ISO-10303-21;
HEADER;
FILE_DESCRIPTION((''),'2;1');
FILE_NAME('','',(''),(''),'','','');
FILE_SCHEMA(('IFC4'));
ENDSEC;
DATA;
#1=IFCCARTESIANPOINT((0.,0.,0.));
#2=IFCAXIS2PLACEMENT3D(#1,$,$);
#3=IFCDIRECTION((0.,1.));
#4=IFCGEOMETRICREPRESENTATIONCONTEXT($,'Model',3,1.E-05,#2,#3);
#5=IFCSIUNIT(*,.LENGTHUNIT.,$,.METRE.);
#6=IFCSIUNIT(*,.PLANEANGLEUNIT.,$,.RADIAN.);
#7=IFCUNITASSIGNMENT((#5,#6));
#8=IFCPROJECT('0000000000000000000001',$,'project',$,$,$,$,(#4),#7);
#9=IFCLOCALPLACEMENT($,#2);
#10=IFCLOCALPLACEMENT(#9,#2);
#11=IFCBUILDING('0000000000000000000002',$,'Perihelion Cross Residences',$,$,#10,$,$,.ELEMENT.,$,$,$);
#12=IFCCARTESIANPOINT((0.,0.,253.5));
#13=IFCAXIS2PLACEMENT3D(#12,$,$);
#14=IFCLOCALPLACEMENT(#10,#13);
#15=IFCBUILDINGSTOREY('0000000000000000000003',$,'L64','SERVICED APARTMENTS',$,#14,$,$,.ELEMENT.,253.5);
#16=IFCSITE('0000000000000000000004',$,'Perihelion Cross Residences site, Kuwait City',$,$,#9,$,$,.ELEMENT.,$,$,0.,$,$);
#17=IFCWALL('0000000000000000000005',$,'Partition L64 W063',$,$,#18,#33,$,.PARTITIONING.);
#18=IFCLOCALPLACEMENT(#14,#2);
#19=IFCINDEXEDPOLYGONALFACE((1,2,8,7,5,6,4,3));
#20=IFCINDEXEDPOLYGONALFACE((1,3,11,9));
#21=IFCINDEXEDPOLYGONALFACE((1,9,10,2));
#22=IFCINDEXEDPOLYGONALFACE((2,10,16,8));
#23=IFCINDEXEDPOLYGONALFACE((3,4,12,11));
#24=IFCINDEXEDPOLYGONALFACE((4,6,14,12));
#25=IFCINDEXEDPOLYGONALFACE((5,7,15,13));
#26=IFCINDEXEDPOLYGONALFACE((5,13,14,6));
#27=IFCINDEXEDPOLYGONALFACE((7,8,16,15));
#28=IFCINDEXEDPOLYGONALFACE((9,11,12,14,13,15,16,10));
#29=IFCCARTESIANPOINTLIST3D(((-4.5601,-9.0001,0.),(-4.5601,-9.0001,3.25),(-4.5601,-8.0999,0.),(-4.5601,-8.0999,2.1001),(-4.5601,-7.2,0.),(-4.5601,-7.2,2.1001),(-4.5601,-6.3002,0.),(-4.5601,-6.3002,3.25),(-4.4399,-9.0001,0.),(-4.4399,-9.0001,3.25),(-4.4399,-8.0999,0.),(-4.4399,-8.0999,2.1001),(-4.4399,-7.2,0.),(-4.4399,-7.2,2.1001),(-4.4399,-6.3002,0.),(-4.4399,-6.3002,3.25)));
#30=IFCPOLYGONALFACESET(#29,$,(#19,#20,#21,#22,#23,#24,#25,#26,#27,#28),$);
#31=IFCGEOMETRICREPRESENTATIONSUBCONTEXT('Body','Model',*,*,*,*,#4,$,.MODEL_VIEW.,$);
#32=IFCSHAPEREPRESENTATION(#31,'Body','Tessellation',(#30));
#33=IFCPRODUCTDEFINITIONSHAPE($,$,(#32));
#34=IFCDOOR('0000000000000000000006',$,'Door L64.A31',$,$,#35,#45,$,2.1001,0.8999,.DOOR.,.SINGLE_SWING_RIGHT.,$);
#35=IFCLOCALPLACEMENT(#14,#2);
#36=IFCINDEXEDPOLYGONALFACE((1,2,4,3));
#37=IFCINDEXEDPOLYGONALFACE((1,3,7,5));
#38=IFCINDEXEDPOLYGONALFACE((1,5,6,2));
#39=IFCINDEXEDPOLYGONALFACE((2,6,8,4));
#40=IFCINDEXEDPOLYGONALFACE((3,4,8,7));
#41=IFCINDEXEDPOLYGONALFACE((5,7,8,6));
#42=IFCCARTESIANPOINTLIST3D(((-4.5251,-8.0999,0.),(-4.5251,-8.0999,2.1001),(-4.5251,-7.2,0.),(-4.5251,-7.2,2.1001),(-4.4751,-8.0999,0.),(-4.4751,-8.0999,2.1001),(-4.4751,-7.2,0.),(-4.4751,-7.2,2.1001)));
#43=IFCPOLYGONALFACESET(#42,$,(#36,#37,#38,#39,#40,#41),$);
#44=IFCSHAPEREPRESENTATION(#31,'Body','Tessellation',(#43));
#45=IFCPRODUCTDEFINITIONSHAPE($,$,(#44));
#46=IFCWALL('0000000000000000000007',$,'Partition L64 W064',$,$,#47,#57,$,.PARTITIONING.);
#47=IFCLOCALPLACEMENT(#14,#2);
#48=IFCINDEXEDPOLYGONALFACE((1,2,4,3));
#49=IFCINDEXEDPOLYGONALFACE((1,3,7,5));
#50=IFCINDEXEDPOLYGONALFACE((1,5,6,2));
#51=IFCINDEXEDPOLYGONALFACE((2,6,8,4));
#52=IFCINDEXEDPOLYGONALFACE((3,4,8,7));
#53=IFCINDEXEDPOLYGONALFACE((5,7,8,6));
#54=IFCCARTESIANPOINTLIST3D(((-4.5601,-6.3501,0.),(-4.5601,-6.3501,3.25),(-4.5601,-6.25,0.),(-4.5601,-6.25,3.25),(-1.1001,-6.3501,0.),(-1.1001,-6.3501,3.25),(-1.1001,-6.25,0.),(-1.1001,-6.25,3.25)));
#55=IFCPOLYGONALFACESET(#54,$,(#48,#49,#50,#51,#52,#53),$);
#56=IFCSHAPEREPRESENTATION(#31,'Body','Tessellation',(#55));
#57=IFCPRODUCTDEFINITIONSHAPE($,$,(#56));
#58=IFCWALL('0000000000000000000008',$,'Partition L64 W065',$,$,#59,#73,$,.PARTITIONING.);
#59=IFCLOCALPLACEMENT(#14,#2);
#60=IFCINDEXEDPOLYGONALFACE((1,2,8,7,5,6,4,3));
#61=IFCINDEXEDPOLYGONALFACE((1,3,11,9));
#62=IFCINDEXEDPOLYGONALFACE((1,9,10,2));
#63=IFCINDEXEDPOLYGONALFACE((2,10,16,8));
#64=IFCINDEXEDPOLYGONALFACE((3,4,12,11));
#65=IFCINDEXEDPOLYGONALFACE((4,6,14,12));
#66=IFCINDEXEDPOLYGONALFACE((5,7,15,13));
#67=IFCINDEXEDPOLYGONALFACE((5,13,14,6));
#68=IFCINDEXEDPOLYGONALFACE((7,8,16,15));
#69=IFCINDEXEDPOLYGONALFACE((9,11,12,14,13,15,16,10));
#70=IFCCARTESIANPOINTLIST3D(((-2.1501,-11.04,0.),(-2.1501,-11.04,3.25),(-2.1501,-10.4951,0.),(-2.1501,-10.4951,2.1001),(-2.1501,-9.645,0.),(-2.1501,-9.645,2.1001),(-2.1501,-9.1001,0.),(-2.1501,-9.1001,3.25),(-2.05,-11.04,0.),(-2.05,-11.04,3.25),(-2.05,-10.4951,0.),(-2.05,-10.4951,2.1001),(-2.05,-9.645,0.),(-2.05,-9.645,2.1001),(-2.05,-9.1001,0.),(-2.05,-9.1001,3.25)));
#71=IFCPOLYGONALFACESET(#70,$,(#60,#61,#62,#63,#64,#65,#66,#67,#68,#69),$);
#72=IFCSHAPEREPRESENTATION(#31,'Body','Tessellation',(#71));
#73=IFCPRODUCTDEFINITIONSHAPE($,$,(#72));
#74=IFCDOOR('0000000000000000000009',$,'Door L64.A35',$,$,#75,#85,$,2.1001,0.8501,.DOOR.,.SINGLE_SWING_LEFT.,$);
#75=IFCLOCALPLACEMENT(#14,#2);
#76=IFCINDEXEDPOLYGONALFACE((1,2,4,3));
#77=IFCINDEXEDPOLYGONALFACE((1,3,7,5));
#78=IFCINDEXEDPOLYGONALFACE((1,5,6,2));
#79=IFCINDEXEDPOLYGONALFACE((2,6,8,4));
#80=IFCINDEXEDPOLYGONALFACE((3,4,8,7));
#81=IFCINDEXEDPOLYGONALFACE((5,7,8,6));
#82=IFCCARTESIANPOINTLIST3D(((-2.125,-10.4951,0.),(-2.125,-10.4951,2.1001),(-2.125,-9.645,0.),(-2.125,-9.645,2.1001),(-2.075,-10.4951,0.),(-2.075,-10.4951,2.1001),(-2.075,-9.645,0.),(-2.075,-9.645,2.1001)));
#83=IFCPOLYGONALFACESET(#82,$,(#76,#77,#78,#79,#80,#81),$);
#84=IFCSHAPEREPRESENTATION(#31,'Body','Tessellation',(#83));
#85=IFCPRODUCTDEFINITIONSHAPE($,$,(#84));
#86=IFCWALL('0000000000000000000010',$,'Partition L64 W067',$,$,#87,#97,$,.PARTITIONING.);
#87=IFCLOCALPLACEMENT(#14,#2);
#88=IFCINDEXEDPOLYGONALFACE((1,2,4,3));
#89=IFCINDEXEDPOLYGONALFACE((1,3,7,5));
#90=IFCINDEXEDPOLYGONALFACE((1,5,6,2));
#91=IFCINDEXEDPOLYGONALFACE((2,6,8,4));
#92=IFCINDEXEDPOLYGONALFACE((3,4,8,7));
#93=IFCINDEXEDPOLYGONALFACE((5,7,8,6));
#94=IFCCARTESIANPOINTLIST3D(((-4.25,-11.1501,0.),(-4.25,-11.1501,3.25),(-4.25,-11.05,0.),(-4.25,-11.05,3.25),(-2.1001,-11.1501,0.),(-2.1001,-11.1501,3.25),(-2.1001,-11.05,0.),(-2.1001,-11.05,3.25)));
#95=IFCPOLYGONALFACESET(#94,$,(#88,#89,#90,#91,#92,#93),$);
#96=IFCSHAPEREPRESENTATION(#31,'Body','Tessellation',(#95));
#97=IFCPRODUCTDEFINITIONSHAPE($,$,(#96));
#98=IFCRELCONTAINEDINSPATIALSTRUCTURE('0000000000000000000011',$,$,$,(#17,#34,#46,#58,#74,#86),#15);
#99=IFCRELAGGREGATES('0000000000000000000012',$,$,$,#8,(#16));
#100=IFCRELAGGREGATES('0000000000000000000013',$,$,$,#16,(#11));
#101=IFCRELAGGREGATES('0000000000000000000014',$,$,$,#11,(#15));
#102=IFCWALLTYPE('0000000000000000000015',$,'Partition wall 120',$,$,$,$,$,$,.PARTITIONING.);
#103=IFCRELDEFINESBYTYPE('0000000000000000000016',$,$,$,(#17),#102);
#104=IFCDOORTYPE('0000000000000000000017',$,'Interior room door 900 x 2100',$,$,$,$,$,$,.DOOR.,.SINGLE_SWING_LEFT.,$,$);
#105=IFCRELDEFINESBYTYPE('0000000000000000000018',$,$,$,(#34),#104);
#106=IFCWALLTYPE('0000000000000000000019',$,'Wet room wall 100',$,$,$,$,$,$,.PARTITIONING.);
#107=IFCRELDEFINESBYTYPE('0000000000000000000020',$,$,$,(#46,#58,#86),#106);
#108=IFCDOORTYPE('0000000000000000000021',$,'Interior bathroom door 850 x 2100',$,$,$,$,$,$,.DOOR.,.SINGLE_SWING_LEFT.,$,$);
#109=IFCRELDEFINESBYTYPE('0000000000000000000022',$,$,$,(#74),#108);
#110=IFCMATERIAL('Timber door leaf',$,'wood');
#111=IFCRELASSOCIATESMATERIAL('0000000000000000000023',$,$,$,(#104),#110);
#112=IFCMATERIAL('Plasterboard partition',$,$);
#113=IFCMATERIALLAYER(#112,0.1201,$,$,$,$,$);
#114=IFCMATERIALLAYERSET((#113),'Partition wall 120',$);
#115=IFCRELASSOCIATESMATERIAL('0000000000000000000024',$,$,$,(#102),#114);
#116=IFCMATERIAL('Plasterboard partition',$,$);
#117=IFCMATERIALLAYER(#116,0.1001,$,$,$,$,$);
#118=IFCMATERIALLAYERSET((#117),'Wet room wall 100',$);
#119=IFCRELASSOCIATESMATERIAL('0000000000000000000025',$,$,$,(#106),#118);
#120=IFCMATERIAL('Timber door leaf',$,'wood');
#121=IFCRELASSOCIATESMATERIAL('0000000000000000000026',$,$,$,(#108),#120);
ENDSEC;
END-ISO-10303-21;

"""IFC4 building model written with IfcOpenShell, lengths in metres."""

from ifc_helpers import new_model, si_unit, direction, frame, frame_2d, origin, place, context, subcontext, project, spatial, rectangle, extrude, material, layer, layer_set, type_object, element, fill, save


model = new_model("IFC4")

# Units and contexts
model_context = context("Model", 3, precision=1e-05, world=origin(), true_north=direction((0.0, 1.0)))
body_context = subcontext(model_context, "Body", "Model", "MODEL_VIEW")
ifc_project = project(units=[si_unit("LENGTHUNIT", "METRE"), si_unit("PLANEANGLEUNIT", "RADIAN")], contexts=[model_context])

# Site, building, storey
site_placement = place(None, origin())
site = spatial("IfcSite", under=ifc_project, at=site_placement, Name="Perihelion Cross Residences site, Kuwait City", CompositionType="ELEMENT", RefElevation=0.0)
building_placement = place(site_placement, origin())
building = spatial("IfcBuilding", under=site, at=building_placement, Name="Perihelion Cross Residences", CompositionType="ELEMENT")
storey_placement = place(building_placement, frame((0.0, 0.0, 253.5)))
storey = spatial("IfcBuildingStorey", under=building, at=storey_placement, Name="L64", Description="SERVICED APARTMENTS", CompositionType="ELEMENT", Elevation=253.5)

# Wall, opening, door
ifc_material_1 = material(Name="Timber door leaf", Category="wood")
door_type_1 = type_object("IfcDoorType", Name="Interior room door 900 x 2100", OperationType="SINGLE_SWING_LEFT", PredefinedType="DOOR", material=ifc_material_1)
ifc_material_2 = material(Name="Plasterboard partition")
ifc_layer_1 = layer(ifc_material_2, 0.1201)
ifc_layer_set_1 = layer_set([ifc_layer_1], Name="Partition wall 120")
wall_type_1 = type_object("IfcWallType", Name="Partition wall 120", PredefinedType="PARTITIONING", material=ifc_layer_set_1)
wall_1_placement = place(storey_placement, frame((-4.5, -6.3, 0.0), z_axis=(0.0, 0.0, 1.0), x_axis=(0.0, -1.0, 0.0)))
wall_1 = element("IfcWall", 1, at=wall_1_placement, inside=storey, type_object=wall_type_1, Name="Partition L64 W063", PredefinedType="PARTITIONING", context=body_context, shape_type="SweptSolid", body=[
    extrude(rectangle(XDim=2.7, YDim=0.1201, at=frame_2d((1.3501, 0.0))), origin(), (0.0, 0.0, 1.0), 3.25),
])
opening_1_placement = place(wall_1_placement, frame((0.8999, 0.0, 0.0)))
opening_1 = element("IfcOpeningElement", 2, at=opening_1_placement, cuts=wall_1, PredefinedType="OPENING", context=body_context, shape_type="SweptSolid", body=[
    extrude(rectangle(XDim=0.8999, YDim=2.1001, at=frame_2d((0.45, 1.05))), frame((0.0, 0.0701, 0.0), z_axis=(0.0, -1.0, 0.0), x_axis=(1.0, 0.0, 0.0)), (0.0, 0.0, 1.0), 0.1401),
])
door_1_placement = place(opening_1_placement, origin())
door_1 = element("IfcDoor", 3, at=door_1_placement, inside=storey, type_object=door_type_1, Name="Door L64.A31", OperationType="SINGLE_SWING_RIGHT", OverallHeight=2.1001, OverallWidth=0.8999, PredefinedType="DOOR", context=body_context, shape_type="SweptSolid", body=[
    extrude(rectangle(XDim=0.8999, YDim=2.1001, at=frame_2d((0.45, 1.05))), frame((0.0, 0.0249, 0.0), z_axis=(0.0, -1.0, 0.0), x_axis=(1.0, 0.0, 0.0)), (0.0, 0.0, 1.0), 0.05),
])
fill(opening_1, door_1)

# Wall
ifc_material_3 = material(Name="Plasterboard partition")
ifc_layer_2 = layer(ifc_material_3, 0.1001)
ifc_layer_set_2 = layer_set([ifc_layer_2], Name="Wet room wall 100")
wall_type_2 = type_object("IfcWallType", Name="Wet room wall 100", PredefinedType="PARTITIONING", material=ifc_layer_set_2)
wall_2_placement = place(storey_placement, frame((-1.1001, -6.3, 0.0), z_axis=(0.0, 0.0, 1.0), x_axis=(-1.0, 0.0, 0.0)))
element("IfcWall", 4, at=wall_2_placement, inside=storey, type_object=wall_type_2, Name="Partition L64 W064", PredefinedType="PARTITIONING", context=body_context, shape_type="SweptSolid", body=[
    extrude(rectangle(XDim=3.46, YDim=0.1001, at=frame_2d((1.73, 0.0))), origin(), (0.0, 0.0, 1.0), 3.25),
])

# Wall, opening, door
wall_3_placement = place(storey_placement, frame((-2.1001, -11.04, 0.0), z_axis=(0.0, 0.0, 1.0), x_axis=(0.0, 1.0, 0.0)))
wall_3 = element("IfcWall", 5, at=wall_3_placement, inside=storey, type_object=wall_type_2, Name="Partition L64 W065", PredefinedType="PARTITIONING", context=body_context, shape_type="SweptSolid", body=[
    extrude(rectangle(XDim=1.9399, YDim=0.1001, at=frame_2d((0.97, 0.0))), origin(), (0.0, 0.0, 1.0), 3.25),
])
opening_2_placement = place(wall_3_placement, frame((0.5449, 0.0, 0.0)))
opening_2 = element("IfcOpeningElement", 6, at=opening_2_placement, cuts=wall_3, PredefinedType="OPENING", context=body_context, shape_type="SweptSolid", body=[
    extrude(rectangle(XDim=0.8501, YDim=2.1001, at=frame_2d((0.425, 1.05))), frame((0.0, 0.0601, 0.0), z_axis=(0.0, -1.0, 0.0), x_axis=(1.0, 0.0, 0.0)), (0.0, 0.0, 1.0), 0.1201),
])
ifc_material_4 = material(Name="Timber door leaf", Category="wood")
door_type_2 = type_object("IfcDoorType", Name="Interior bathroom door 850 x 2100", OperationType="SINGLE_SWING_LEFT", PredefinedType="DOOR", material=ifc_material_4)
door_2_placement = place(opening_2_placement, origin())
door_2 = element("IfcDoor", 7, at=door_2_placement, inside=storey, type_object=door_type_2, Name="Door L64.A35", OperationType="SINGLE_SWING_LEFT", OverallHeight=2.1001, OverallWidth=0.8501, PredefinedType="DOOR", context=body_context, shape_type="SweptSolid", body=[
    extrude(rectangle(XDim=0.8501, YDim=2.1001, at=frame_2d((0.425, 1.05))), frame((0.0, 0.0249, 0.0), z_axis=(0.0, -1.0, 0.0), x_axis=(1.0, 0.0, 0.0)), (0.0, 0.0, 1.0), 0.05),
])
fill(opening_2, door_2)

# Wall
wall_4_placement = place(storey_placement, frame((-2.1001, -11.1001, 0.0), z_axis=(0.0, 0.0, 1.0), x_axis=(-1.0, 0.0, 0.0)))
element("IfcWall", 8, at=wall_4_placement, inside=storey, type_object=wall_type_2, Name="Partition L64 W067", PredefinedType="PARTITIONING", context=body_context, shape_type="SweptSolid", body=[
    extrude(rectangle(XDim=2.1499, YDim=0.1001, at=frame_2d((1.075, 0.0))), origin(), (0.0, 0.0, 1.0), 3.25),
])

save(model, "model.ifc")
